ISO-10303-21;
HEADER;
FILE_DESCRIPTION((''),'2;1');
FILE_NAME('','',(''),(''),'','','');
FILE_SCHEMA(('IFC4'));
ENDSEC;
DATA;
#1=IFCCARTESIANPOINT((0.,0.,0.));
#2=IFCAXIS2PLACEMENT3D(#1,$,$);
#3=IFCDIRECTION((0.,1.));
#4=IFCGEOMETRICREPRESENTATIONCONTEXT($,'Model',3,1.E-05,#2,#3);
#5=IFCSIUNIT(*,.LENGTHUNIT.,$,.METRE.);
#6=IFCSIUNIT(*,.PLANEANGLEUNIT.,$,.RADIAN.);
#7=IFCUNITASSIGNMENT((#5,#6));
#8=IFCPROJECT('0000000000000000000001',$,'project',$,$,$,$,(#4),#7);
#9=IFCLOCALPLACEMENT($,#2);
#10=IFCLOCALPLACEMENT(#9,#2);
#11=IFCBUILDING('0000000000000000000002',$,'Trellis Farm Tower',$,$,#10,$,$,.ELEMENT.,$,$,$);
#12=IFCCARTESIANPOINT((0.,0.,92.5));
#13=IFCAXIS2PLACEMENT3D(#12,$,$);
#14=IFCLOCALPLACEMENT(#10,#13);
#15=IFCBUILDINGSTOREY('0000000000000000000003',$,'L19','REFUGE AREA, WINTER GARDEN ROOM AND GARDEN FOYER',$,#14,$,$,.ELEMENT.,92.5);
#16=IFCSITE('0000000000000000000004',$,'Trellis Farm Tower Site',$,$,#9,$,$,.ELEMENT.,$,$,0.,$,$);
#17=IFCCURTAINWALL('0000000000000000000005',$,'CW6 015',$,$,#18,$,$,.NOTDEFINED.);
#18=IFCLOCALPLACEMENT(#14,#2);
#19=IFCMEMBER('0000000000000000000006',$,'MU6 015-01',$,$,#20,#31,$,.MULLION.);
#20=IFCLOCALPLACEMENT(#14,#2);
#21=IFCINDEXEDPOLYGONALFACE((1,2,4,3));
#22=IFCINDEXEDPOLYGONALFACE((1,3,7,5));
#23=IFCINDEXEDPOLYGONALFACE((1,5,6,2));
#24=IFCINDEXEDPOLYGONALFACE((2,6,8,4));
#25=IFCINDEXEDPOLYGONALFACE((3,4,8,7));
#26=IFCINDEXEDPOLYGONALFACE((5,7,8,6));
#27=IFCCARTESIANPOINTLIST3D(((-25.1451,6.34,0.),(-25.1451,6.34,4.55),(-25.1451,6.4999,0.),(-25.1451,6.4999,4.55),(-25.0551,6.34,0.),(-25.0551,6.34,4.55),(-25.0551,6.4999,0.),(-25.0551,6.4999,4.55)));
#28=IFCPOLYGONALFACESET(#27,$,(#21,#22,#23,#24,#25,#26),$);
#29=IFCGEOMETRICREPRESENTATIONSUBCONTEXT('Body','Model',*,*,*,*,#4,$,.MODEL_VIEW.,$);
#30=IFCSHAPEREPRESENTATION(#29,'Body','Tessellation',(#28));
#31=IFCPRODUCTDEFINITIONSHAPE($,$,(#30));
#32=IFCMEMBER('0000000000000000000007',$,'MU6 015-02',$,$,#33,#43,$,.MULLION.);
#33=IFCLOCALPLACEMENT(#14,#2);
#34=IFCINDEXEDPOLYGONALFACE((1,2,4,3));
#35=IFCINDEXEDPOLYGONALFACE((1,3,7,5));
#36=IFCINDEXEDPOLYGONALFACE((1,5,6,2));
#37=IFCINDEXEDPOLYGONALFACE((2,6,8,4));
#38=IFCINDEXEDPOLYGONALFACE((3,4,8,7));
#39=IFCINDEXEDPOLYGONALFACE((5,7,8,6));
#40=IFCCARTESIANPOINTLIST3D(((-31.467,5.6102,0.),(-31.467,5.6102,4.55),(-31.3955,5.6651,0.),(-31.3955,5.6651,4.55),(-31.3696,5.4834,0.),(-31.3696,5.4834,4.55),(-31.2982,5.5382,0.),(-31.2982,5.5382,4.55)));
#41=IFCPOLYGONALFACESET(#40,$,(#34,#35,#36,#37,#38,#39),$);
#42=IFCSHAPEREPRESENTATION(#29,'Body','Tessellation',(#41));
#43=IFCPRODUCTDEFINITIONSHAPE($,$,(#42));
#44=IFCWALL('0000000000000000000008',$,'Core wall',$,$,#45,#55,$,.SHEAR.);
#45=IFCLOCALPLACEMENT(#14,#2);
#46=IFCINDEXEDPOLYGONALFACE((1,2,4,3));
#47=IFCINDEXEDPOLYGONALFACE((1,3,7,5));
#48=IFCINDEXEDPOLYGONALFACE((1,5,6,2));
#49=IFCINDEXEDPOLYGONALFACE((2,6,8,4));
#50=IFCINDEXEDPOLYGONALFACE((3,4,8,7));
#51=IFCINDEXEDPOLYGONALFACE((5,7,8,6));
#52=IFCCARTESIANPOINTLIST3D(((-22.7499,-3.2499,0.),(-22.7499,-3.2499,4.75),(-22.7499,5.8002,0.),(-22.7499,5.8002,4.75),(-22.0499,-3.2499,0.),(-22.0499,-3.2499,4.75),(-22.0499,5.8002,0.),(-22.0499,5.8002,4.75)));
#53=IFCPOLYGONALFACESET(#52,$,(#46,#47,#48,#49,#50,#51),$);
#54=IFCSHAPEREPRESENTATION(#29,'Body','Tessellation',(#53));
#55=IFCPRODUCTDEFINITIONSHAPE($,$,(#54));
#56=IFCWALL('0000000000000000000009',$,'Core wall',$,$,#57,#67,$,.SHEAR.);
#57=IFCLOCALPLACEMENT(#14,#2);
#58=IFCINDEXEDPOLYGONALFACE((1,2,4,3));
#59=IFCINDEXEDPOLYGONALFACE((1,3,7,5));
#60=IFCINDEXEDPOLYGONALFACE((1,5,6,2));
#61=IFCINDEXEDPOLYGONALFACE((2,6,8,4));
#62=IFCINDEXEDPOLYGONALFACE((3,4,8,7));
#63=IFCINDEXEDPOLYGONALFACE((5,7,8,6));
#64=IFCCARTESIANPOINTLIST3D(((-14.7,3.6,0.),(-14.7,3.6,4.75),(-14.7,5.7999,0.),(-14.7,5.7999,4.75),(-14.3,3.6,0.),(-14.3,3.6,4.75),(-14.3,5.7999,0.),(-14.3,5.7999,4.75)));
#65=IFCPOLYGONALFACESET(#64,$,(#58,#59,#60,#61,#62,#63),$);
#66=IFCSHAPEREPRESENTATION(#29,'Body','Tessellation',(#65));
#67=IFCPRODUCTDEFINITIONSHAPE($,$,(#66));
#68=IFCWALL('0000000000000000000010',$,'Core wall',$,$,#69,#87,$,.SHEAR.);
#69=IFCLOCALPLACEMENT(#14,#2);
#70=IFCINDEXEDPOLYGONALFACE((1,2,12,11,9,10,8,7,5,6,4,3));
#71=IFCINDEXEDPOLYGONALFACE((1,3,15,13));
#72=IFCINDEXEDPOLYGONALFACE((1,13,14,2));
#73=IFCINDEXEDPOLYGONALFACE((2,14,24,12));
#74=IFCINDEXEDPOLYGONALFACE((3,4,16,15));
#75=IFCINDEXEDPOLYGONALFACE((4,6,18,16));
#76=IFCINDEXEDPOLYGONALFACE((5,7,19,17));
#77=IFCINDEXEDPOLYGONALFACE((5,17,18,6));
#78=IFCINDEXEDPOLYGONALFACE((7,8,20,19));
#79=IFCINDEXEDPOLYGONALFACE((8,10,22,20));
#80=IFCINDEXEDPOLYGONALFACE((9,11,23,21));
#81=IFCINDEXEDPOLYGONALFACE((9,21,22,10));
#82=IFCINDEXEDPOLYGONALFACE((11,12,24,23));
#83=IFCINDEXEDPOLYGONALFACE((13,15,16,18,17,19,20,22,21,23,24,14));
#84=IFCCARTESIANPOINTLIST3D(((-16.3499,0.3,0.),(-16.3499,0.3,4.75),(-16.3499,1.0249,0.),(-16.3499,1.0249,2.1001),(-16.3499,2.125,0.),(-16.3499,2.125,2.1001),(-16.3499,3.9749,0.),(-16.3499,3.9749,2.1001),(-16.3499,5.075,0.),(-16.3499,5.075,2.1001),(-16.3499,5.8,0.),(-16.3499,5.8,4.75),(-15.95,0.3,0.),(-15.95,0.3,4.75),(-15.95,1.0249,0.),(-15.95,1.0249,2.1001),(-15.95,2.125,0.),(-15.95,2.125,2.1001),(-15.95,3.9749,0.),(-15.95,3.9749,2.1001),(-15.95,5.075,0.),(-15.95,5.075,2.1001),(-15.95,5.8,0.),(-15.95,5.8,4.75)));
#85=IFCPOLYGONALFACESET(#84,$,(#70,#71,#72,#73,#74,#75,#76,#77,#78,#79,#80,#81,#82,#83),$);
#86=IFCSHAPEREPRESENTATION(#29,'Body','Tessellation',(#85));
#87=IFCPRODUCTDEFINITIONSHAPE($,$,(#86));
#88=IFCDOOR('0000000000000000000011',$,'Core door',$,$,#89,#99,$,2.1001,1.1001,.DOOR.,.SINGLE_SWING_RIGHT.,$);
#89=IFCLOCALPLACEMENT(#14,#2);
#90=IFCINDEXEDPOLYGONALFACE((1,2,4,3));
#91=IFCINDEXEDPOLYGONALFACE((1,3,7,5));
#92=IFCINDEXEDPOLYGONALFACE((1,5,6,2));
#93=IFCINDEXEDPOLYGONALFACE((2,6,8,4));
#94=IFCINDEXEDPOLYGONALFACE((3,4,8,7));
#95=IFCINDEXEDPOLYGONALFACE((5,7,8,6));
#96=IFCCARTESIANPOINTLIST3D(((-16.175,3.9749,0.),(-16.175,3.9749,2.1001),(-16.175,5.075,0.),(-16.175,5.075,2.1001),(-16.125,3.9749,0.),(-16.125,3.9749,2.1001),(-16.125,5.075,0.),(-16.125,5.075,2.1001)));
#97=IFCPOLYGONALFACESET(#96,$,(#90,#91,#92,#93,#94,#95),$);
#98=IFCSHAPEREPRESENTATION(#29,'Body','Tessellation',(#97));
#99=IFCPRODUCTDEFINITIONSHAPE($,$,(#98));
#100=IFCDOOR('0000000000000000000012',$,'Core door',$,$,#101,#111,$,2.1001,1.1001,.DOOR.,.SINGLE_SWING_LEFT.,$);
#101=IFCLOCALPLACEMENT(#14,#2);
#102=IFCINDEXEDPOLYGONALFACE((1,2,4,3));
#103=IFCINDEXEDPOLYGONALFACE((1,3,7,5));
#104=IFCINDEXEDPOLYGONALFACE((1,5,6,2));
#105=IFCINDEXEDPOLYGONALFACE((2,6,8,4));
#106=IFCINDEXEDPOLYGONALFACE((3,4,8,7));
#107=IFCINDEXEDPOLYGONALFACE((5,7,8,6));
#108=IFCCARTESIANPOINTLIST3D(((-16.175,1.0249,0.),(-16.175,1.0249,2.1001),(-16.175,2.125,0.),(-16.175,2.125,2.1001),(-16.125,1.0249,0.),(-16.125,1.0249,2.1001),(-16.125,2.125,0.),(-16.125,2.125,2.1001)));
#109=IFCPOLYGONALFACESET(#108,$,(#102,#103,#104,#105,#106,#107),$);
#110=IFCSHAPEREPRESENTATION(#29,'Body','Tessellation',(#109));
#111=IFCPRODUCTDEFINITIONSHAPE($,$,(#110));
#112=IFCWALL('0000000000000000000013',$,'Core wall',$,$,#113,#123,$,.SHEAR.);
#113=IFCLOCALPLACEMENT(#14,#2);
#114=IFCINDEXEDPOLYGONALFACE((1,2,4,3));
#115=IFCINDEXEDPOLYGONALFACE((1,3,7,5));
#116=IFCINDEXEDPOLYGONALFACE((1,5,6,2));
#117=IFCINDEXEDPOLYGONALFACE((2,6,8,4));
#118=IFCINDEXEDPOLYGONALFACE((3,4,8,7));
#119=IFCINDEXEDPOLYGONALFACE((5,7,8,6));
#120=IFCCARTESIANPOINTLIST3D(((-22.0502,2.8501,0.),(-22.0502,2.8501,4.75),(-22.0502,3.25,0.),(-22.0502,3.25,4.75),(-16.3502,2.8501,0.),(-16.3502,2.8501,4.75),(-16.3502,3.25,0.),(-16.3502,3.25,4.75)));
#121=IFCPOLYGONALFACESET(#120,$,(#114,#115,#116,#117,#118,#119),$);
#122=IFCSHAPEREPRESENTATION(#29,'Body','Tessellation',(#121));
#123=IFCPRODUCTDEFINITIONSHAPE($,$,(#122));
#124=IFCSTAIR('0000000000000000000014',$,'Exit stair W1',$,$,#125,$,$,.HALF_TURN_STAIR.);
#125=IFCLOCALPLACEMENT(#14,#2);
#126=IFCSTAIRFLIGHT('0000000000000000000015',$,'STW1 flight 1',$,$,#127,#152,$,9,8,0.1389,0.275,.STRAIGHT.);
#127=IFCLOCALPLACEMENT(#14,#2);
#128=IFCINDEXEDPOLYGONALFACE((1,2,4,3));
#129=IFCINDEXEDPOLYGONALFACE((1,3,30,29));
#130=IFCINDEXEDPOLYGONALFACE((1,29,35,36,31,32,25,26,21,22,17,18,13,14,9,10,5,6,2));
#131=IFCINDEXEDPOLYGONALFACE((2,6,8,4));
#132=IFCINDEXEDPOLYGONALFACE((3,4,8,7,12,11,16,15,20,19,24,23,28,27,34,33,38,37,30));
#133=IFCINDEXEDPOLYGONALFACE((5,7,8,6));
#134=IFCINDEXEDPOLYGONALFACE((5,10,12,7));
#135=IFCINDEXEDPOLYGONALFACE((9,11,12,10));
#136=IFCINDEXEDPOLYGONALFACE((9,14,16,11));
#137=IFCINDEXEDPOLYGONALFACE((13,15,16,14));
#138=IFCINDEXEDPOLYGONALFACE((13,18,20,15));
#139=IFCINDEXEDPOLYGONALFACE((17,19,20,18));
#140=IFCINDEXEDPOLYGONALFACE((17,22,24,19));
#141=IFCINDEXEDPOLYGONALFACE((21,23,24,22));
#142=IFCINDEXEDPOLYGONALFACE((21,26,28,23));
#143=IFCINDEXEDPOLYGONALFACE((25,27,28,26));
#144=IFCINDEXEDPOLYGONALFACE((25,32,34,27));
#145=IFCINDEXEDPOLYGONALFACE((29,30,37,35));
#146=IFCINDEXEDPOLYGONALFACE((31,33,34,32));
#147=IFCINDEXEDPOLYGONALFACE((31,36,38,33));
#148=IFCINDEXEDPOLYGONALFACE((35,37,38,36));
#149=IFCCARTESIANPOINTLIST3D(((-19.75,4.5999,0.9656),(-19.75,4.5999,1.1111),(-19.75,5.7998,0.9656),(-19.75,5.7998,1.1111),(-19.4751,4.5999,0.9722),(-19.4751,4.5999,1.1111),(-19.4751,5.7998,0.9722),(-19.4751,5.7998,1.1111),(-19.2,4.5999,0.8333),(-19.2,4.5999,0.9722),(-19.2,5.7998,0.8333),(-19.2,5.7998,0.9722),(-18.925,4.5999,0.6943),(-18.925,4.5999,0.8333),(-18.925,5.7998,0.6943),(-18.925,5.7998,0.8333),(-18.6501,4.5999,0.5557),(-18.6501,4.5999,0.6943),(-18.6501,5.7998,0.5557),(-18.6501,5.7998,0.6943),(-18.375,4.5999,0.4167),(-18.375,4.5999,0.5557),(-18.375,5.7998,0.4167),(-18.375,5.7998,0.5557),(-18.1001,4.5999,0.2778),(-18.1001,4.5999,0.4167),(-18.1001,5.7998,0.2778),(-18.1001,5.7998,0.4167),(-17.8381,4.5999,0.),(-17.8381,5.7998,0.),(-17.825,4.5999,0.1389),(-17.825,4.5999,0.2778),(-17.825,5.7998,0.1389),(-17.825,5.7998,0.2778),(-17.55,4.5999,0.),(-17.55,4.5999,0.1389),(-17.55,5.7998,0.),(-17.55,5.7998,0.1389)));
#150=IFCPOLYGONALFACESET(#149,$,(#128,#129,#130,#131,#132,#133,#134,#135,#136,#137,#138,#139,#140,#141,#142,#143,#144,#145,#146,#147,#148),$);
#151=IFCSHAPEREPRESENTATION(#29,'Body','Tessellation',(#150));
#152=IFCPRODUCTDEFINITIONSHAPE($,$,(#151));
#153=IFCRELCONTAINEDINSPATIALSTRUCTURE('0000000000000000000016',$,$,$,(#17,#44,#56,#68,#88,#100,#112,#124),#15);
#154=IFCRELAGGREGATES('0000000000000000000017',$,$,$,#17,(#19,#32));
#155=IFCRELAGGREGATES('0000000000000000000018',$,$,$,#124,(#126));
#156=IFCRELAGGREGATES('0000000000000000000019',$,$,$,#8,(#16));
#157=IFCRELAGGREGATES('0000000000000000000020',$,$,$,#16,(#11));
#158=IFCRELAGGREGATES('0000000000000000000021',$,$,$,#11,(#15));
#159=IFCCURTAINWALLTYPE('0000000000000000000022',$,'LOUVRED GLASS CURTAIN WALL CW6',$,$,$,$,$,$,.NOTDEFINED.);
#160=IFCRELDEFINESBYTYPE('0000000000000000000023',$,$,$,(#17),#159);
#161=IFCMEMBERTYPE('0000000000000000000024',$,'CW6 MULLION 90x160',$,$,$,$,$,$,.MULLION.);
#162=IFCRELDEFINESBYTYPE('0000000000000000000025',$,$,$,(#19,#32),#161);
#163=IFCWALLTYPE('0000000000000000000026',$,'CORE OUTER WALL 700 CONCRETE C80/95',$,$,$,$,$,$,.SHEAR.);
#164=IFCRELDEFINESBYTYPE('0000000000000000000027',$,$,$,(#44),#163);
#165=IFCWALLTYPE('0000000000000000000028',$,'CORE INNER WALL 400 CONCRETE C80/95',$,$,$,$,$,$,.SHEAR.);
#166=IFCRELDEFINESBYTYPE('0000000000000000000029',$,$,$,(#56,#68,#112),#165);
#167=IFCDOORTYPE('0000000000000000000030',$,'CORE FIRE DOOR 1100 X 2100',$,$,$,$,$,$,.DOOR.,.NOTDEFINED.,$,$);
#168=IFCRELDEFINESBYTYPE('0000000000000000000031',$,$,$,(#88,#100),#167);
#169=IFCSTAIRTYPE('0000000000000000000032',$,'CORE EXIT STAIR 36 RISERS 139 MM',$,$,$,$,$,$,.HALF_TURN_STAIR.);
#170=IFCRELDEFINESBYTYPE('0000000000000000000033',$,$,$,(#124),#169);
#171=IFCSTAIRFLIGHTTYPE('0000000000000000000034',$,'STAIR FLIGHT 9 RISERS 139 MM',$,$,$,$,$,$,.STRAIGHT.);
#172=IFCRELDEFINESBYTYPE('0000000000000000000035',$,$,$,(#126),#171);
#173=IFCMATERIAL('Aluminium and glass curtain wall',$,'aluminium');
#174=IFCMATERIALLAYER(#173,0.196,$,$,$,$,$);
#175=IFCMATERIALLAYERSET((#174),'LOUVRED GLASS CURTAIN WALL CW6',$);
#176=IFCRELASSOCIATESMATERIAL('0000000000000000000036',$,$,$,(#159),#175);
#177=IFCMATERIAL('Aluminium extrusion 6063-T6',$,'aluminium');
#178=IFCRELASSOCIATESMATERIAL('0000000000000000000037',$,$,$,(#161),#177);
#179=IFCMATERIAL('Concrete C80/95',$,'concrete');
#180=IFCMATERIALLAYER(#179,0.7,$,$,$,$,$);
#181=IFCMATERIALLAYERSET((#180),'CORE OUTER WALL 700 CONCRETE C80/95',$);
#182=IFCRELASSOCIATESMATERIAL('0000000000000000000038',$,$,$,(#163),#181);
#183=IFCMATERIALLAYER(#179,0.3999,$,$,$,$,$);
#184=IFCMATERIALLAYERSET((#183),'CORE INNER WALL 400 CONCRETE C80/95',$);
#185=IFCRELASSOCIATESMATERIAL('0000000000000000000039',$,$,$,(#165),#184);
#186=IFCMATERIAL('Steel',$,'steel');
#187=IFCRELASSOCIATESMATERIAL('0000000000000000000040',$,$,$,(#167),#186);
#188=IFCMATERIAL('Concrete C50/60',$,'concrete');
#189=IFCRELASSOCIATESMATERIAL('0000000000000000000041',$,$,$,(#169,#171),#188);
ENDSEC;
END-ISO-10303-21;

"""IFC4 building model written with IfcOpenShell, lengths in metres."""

from ifc_helpers import new_model, si_unit, direction, frame, frame_2d, origin, origin_2d, place, context, subcontext, project, spatial, polyline, rectangle, outline, extrude, source, transform, mapped, material, layer, layer_set, material_profile, profile_set, type_object, element, fill, aggregate, save


model = new_model("IFC4")

# Units and contexts
model_context = context("Model", 3, precision=1e-05, world=origin(), true_north=direction((0.0, 1.0)))
body_context = subcontext(model_context, "Body", "Model", "MODEL_VIEW")
ifc_project = project(units=[si_unit("LENGTHUNIT", "METRE"), si_unit("PLANEANGLEUNIT", "RADIAN")], contexts=[model_context])

# Site, building, storey
site_placement = place(None, origin())
site = spatial("IfcSite", under=ifc_project, at=site_placement, Name="Trellis Farm Tower Site", CompositionType="ELEMENT", RefElevation=0.0)
building_placement = place(site_placement, origin())
building = spatial("IfcBuilding", under=site, at=building_placement, Name="Trellis Farm Tower", CompositionType="ELEMENT")
storey_placement = place(building_placement, frame((0.0, 0.0, 92.5)))
storey = spatial("IfcBuildingStorey", under=building, at=storey_placement, Name="L19", Description="REFUGE AREA, WINTER GARDEN ROOM AND GARDEN FOYER", CompositionType="ELEMENT", Elevation=92.5)

# Shared definitions
ifc_material_1 = material(Name="Concrete C80/95", Category="concrete")

# Curtain wall, members
ifc_material_2 = material(Name="Aluminium and glass curtain wall", Category="aluminium")
ifc_layer_1 = layer(ifc_material_2, 0.196)
ifc_layer_set_1 = layer_set([ifc_layer_1], Name="LOUVRED GLASS CURTAIN WALL CW6")
curtain_wall_type = type_object("IfcCurtainWallType", Name="LOUVRED GLASS CURTAIN WALL CW6", PredefinedType="NOTDEFINED", material=ifc_layer_set_1)
placement = place(storey_placement, origin())
curtain_wall = element("IfcCurtainWall", 1, at=placement, inside=storey, type_object=curtain_wall_type, Name="CW6 015", PredefinedType="NOTDEFINED")
ifc_material_3 = material(Name="Aluminium extrusion 6063-T6", Category="aluminium")
ifc_material_profile_1 = material_profile(ifc_material_3, rectangle(XDim=0.0901, YDim=0.1599, at=origin_2d()), Name="MULLION 90x160")
ifc_profile_set_1 = profile_set([ifc_material_profile_1], Name="Aluminium extrusion 6063-T6")
member_type_1 = type_object("IfcMemberType", Name="CW6 MULLION 90x160", PredefinedType="MULLION", material=ifc_profile_set_1)
shared_shape_1 = source(origin(), body_context, "Body", "SweptSolid", [
    extrude(rectangle(XDim=0.0901, YDim=0.1599, at=origin_2d()), origin(), (0.0, 0.0, 1.0), 4.55),
])
member_1_placement = place(storey_placement, frame((-25.1001, 6.4199, 0.0), z_axis=(0.0, 0.0, 1.0), x_axis=(-1.0, 0.0, 0.0)))
member_1 = element("IfcMember", 2, at=member_1_placement, type_object=member_type_1, Name="MU6 015-01", PredefinedType="MULLION", context=body_context, shape_type="MappedRepresentation", body=[
    mapped(shared_shape_1, transform((0.0, 0.0, 0.0))),
])
member_2_placement = place(storey_placement, frame((-31.3826, 5.5742, 0.0), z_axis=(0.0, 0.0, 1.0), x_axis=(-0.793353, -0.608761, 0.0)))
member_2 = element("IfcMember", 3, at=member_2_placement, type_object=member_type_1, Name="MU6 015-02", PredefinedType="MULLION", context=body_context, shape_type="MappedRepresentation", body=[
    mapped(shared_shape_1, transform((0.0, 0.0, 0.0))),
])
aggregate(curtain_wall, [member_1, member_2])

# Walls
ifc_layer_2 = layer(ifc_material_1, 0.7)
ifc_layer_set_2 = layer_set([ifc_layer_2], Name="CORE OUTER WALL 700 CONCRETE C80/95")
wall_type_1 = type_object("IfcWallType", Name="CORE OUTER WALL 700 CONCRETE C80/95", PredefinedType="SHEAR", material=ifc_layer_set_2)
shared_shape_2 = source(origin(), body_context, "Body", "SweptSolid", [
    extrude(rectangle(XDim=9.05, YDim=0.7, at=frame_2d((4.5249, 0.0))), origin(), (0.0, 0.0, 1.0), 4.75),
])
wall_1_placement = place(storey_placement, frame((-22.3999, 5.8, 0.0), z_axis=(0.0, 0.0, 1.0), x_axis=(0.0, -1.0, 0.0)))
element("IfcWall", 4, at=wall_1_placement, inside=storey, type_object=wall_type_1, Name="Core wall", PredefinedType="SHEAR", context=body_context, shape_type="MappedRepresentation", body=[
    mapped(shared_shape_2, transform((0.0, 0.0, 0.0))),
])
ifc_layer_3 = layer(ifc_material_1, 0.3999)
ifc_layer_set_3 = layer_set([ifc_layer_3], Name="CORE INNER WALL 400 CONCRETE C80/95")
wall_type_2 = type_object("IfcWallType", Name="CORE INNER WALL 400 CONCRETE C80/95", PredefinedType="SHEAR", material=ifc_layer_set_3)
shared_shape_3 = source(origin(), body_context, "Body", "SweptSolid", [
    extrude(rectangle(XDim=2.2, YDim=0.3999, at=frame_2d((1.1001, 0.0))), origin(), (0.0, 0.0, 1.0), 4.75),
])
wall_2_placement = place(storey_placement, frame((-14.5, 5.8, 0.0), z_axis=(0.0, 0.0, 1.0), x_axis=(0.0, -1.0, 0.0)))
element("IfcWall", 5, at=wall_2_placement, inside=storey, type_object=wall_type_2, Name="Core wall", PredefinedType="SHEAR", context=body_context, shape_type="MappedRepresentation", body=[
    mapped(shared_shape_3, transform((0.0, 0.0, 0.0))),
])

# Wall, openings, doors
shared_shape_4 = source(origin(), body_context, "Body", "SweptSolid", [
    extrude(rectangle(XDim=5.5, YDim=0.3999, at=frame_2d((2.75, 0.0))), origin(), (0.0, 0.0, 1.0), 4.75),
])
wall_3_placement = place(storey_placement, frame((-16.1499, 5.8, 0.0), z_axis=(0.0, 0.0, 1.0), x_axis=(0.0, -1.0, 0.0)))
wall_3 = element("IfcWall", 6, at=wall_3_placement, inside=storey, type_object=wall_type_2, Name="Core wall", PredefinedType="SHEAR", context=body_context, shape_type="MappedRepresentation", body=[
    mapped(shared_shape_4, transform((0.0, 0.0, 0.0))),
])
shared_shape_5 = source(origin(), body_context, "Body", "SweptSolid", [
    extrude(rectangle(XDim=1.1001, YDim=2.1001, at=frame_2d((0.55, 1.05))), frame((0.0, 0.21, 0.0), z_axis=(0.0, -1.0, 0.0), x_axis=(1.0, 0.0, 0.0)), (0.0, 0.0, 1.0), 0.4199),
])
opening_1_placement = place(wall_3_placement, frame((0.7251, 0.0, 0.0)))
opening_1 = element("IfcOpeningElement", 7, at=opening_1_placement, cuts=wall_3, PredefinedType="OPENING", context=body_context, shape_type="MappedRepresentation", body=[
    mapped(shared_shape_5, transform((0.0, 0.0, 0.0))),
])
opening_2_placement = place(wall_3_placement, frame((3.675, 0.0, 0.0)))
opening_2 = element("IfcOpeningElement", 8, at=opening_2_placement, cuts=wall_3, PredefinedType="OPENING", context=body_context, shape_type="MappedRepresentation", body=[
    mapped(shared_shape_5, transform((0.0, 0.0, 0.0))),
])
ifc_material_4 = material(Name="Steel", Category="steel")
door_type = type_object("IfcDoorType", Name="CORE FIRE DOOR 1100 X 2100", OperationType="NOTDEFINED", PredefinedType="DOOR", material=ifc_material_4)
shared_shape_6 = source(origin(), body_context, "Body", "SweptSolid", [
    extrude(rectangle(XDim=1.1001, YDim=2.1001, at=frame_2d((0.55, 1.05))), frame((0.0, 0.0249, 0.0), z_axis=(0.0, -1.0, 0.0), x_axis=(1.0, 0.0, 0.0)), (0.0, 0.0, 1.0), 0.05),
])
door_1_placement = place(opening_1_placement, origin())
door_1 = element("IfcDoor", 9, at=door_1_placement, inside=storey, type_object=door_type, Name="Core door", OperationType="SINGLE_SWING_RIGHT", OverallHeight=2.1001, OverallWidth=1.1001, PredefinedType="DOOR", context=body_context, shape_type="MappedRepresentation", body=[
    mapped(shared_shape_6, transform((0.0, 0.0, 0.0))),
])
fill(opening_1, door_1)
door_2_placement = place(opening_2_placement, origin())
door_2 = element("IfcDoor", 10, at=door_2_placement, inside=storey, type_object=door_type, Name="Core door", OperationType="SINGLE_SWING_LEFT", OverallHeight=2.1001, OverallWidth=1.1001, PredefinedType="DOOR", context=body_context, shape_type="MappedRepresentation", body=[
    mapped(shared_shape_6, transform((0.0, 0.0, 0.0))),
])
fill(opening_2, door_2)

# Wall
shared_shape_7 = source(origin(), body_context, "Body", "SweptSolid", [
    extrude(rectangle(XDim=5.7, YDim=0.3999, at=frame_2d((2.8501, 0.0))), origin(), (0.0, 0.0, 1.0), 4.75),
])
wall_4_placement = place(storey_placement, frame((-16.3501, 3.05, 0.0), z_axis=(0.0, 0.0, 1.0), x_axis=(-1.0, 0.0, 0.0)))
element("IfcWall", 11, at=wall_4_placement, inside=storey, type_object=wall_type_2, Name="Core wall", PredefinedType="SHEAR", context=body_context, shape_type="MappedRepresentation", body=[
    mapped(shared_shape_7, transform((0.0, 0.0, 0.0))),
])

# Stair, stair flight
ifc_material_5 = material(Name="Concrete C50/60", Category="concrete")
stair_type = type_object("IfcStairType", Name="CORE EXIT STAIR 36 RISERS 139 MM", PredefinedType="HALF_TURN_STAIR", material=ifc_material_5)
stair_1 = element("IfcStair", 12, at=placement, inside=storey, type_object=stair_type, Name="Exit stair W1", PredefinedType="HALF_TURN_STAIR")
stair_flight_type = type_object("IfcStairFlightType", Name="STAIR FLIGHT 9 RISERS 139 MM", PredefinedType="STRAIGHT", material=ifc_material_5)
shared_shape_8 = source(origin(), body_context, "Body", "SweptSolid", [
    extrude(outline(polyline([(0.0, 0.0), (0.0, 0.1389), (0.2749, 0.1389), (0.2749, 0.2778), (0.55, 0.2778), (0.55, 0.4167), (0.825, 0.4167), (0.825, 0.5557), (1.1001, 0.5557), (1.1001, 0.6943), (1.375, 0.6943), (1.375, 0.8333), (1.6499, 0.8333), (1.6499, 0.9722), (1.925, 0.9722), (1.925, 1.1111), (2.2, 1.1111), (2.2, 1.25), (2.2, 0.9656), (0.2881, 0.0), (0.0, 0.0)])), frame((0.0, 0.6001, 0.0), z_axis=(0.0, -1.0, 0.0), x_axis=(1.0, 0.0, 0.0)), (0.0, 0.0, 1.0), 1.2),
])
stair_flight_1_placement = place(storey_placement, frame((-17.55, 5.2, 0.0), z_axis=(0.0, 0.0, 1.0), x_axis=(-1.0, 0.0, 0.0)))
stair_flight_1 = element("IfcStairFlight", 13, at=stair_flight_1_placement, type_object=stair_flight_type, Name="STW1 flight 1", NumberOfRisers=9, NumberOfTreads=8, PredefinedType="STRAIGHT", RiserHeight=0.1389, TreadLength=0.275, context=body_context, shape_type="MappedRepresentation", body=[
    mapped(shared_shape_8, transform((0.0, 0.0, 0.0))),
])
aggregate(stair_1, [stair_flight_1])

save(model, "model.ifc")
